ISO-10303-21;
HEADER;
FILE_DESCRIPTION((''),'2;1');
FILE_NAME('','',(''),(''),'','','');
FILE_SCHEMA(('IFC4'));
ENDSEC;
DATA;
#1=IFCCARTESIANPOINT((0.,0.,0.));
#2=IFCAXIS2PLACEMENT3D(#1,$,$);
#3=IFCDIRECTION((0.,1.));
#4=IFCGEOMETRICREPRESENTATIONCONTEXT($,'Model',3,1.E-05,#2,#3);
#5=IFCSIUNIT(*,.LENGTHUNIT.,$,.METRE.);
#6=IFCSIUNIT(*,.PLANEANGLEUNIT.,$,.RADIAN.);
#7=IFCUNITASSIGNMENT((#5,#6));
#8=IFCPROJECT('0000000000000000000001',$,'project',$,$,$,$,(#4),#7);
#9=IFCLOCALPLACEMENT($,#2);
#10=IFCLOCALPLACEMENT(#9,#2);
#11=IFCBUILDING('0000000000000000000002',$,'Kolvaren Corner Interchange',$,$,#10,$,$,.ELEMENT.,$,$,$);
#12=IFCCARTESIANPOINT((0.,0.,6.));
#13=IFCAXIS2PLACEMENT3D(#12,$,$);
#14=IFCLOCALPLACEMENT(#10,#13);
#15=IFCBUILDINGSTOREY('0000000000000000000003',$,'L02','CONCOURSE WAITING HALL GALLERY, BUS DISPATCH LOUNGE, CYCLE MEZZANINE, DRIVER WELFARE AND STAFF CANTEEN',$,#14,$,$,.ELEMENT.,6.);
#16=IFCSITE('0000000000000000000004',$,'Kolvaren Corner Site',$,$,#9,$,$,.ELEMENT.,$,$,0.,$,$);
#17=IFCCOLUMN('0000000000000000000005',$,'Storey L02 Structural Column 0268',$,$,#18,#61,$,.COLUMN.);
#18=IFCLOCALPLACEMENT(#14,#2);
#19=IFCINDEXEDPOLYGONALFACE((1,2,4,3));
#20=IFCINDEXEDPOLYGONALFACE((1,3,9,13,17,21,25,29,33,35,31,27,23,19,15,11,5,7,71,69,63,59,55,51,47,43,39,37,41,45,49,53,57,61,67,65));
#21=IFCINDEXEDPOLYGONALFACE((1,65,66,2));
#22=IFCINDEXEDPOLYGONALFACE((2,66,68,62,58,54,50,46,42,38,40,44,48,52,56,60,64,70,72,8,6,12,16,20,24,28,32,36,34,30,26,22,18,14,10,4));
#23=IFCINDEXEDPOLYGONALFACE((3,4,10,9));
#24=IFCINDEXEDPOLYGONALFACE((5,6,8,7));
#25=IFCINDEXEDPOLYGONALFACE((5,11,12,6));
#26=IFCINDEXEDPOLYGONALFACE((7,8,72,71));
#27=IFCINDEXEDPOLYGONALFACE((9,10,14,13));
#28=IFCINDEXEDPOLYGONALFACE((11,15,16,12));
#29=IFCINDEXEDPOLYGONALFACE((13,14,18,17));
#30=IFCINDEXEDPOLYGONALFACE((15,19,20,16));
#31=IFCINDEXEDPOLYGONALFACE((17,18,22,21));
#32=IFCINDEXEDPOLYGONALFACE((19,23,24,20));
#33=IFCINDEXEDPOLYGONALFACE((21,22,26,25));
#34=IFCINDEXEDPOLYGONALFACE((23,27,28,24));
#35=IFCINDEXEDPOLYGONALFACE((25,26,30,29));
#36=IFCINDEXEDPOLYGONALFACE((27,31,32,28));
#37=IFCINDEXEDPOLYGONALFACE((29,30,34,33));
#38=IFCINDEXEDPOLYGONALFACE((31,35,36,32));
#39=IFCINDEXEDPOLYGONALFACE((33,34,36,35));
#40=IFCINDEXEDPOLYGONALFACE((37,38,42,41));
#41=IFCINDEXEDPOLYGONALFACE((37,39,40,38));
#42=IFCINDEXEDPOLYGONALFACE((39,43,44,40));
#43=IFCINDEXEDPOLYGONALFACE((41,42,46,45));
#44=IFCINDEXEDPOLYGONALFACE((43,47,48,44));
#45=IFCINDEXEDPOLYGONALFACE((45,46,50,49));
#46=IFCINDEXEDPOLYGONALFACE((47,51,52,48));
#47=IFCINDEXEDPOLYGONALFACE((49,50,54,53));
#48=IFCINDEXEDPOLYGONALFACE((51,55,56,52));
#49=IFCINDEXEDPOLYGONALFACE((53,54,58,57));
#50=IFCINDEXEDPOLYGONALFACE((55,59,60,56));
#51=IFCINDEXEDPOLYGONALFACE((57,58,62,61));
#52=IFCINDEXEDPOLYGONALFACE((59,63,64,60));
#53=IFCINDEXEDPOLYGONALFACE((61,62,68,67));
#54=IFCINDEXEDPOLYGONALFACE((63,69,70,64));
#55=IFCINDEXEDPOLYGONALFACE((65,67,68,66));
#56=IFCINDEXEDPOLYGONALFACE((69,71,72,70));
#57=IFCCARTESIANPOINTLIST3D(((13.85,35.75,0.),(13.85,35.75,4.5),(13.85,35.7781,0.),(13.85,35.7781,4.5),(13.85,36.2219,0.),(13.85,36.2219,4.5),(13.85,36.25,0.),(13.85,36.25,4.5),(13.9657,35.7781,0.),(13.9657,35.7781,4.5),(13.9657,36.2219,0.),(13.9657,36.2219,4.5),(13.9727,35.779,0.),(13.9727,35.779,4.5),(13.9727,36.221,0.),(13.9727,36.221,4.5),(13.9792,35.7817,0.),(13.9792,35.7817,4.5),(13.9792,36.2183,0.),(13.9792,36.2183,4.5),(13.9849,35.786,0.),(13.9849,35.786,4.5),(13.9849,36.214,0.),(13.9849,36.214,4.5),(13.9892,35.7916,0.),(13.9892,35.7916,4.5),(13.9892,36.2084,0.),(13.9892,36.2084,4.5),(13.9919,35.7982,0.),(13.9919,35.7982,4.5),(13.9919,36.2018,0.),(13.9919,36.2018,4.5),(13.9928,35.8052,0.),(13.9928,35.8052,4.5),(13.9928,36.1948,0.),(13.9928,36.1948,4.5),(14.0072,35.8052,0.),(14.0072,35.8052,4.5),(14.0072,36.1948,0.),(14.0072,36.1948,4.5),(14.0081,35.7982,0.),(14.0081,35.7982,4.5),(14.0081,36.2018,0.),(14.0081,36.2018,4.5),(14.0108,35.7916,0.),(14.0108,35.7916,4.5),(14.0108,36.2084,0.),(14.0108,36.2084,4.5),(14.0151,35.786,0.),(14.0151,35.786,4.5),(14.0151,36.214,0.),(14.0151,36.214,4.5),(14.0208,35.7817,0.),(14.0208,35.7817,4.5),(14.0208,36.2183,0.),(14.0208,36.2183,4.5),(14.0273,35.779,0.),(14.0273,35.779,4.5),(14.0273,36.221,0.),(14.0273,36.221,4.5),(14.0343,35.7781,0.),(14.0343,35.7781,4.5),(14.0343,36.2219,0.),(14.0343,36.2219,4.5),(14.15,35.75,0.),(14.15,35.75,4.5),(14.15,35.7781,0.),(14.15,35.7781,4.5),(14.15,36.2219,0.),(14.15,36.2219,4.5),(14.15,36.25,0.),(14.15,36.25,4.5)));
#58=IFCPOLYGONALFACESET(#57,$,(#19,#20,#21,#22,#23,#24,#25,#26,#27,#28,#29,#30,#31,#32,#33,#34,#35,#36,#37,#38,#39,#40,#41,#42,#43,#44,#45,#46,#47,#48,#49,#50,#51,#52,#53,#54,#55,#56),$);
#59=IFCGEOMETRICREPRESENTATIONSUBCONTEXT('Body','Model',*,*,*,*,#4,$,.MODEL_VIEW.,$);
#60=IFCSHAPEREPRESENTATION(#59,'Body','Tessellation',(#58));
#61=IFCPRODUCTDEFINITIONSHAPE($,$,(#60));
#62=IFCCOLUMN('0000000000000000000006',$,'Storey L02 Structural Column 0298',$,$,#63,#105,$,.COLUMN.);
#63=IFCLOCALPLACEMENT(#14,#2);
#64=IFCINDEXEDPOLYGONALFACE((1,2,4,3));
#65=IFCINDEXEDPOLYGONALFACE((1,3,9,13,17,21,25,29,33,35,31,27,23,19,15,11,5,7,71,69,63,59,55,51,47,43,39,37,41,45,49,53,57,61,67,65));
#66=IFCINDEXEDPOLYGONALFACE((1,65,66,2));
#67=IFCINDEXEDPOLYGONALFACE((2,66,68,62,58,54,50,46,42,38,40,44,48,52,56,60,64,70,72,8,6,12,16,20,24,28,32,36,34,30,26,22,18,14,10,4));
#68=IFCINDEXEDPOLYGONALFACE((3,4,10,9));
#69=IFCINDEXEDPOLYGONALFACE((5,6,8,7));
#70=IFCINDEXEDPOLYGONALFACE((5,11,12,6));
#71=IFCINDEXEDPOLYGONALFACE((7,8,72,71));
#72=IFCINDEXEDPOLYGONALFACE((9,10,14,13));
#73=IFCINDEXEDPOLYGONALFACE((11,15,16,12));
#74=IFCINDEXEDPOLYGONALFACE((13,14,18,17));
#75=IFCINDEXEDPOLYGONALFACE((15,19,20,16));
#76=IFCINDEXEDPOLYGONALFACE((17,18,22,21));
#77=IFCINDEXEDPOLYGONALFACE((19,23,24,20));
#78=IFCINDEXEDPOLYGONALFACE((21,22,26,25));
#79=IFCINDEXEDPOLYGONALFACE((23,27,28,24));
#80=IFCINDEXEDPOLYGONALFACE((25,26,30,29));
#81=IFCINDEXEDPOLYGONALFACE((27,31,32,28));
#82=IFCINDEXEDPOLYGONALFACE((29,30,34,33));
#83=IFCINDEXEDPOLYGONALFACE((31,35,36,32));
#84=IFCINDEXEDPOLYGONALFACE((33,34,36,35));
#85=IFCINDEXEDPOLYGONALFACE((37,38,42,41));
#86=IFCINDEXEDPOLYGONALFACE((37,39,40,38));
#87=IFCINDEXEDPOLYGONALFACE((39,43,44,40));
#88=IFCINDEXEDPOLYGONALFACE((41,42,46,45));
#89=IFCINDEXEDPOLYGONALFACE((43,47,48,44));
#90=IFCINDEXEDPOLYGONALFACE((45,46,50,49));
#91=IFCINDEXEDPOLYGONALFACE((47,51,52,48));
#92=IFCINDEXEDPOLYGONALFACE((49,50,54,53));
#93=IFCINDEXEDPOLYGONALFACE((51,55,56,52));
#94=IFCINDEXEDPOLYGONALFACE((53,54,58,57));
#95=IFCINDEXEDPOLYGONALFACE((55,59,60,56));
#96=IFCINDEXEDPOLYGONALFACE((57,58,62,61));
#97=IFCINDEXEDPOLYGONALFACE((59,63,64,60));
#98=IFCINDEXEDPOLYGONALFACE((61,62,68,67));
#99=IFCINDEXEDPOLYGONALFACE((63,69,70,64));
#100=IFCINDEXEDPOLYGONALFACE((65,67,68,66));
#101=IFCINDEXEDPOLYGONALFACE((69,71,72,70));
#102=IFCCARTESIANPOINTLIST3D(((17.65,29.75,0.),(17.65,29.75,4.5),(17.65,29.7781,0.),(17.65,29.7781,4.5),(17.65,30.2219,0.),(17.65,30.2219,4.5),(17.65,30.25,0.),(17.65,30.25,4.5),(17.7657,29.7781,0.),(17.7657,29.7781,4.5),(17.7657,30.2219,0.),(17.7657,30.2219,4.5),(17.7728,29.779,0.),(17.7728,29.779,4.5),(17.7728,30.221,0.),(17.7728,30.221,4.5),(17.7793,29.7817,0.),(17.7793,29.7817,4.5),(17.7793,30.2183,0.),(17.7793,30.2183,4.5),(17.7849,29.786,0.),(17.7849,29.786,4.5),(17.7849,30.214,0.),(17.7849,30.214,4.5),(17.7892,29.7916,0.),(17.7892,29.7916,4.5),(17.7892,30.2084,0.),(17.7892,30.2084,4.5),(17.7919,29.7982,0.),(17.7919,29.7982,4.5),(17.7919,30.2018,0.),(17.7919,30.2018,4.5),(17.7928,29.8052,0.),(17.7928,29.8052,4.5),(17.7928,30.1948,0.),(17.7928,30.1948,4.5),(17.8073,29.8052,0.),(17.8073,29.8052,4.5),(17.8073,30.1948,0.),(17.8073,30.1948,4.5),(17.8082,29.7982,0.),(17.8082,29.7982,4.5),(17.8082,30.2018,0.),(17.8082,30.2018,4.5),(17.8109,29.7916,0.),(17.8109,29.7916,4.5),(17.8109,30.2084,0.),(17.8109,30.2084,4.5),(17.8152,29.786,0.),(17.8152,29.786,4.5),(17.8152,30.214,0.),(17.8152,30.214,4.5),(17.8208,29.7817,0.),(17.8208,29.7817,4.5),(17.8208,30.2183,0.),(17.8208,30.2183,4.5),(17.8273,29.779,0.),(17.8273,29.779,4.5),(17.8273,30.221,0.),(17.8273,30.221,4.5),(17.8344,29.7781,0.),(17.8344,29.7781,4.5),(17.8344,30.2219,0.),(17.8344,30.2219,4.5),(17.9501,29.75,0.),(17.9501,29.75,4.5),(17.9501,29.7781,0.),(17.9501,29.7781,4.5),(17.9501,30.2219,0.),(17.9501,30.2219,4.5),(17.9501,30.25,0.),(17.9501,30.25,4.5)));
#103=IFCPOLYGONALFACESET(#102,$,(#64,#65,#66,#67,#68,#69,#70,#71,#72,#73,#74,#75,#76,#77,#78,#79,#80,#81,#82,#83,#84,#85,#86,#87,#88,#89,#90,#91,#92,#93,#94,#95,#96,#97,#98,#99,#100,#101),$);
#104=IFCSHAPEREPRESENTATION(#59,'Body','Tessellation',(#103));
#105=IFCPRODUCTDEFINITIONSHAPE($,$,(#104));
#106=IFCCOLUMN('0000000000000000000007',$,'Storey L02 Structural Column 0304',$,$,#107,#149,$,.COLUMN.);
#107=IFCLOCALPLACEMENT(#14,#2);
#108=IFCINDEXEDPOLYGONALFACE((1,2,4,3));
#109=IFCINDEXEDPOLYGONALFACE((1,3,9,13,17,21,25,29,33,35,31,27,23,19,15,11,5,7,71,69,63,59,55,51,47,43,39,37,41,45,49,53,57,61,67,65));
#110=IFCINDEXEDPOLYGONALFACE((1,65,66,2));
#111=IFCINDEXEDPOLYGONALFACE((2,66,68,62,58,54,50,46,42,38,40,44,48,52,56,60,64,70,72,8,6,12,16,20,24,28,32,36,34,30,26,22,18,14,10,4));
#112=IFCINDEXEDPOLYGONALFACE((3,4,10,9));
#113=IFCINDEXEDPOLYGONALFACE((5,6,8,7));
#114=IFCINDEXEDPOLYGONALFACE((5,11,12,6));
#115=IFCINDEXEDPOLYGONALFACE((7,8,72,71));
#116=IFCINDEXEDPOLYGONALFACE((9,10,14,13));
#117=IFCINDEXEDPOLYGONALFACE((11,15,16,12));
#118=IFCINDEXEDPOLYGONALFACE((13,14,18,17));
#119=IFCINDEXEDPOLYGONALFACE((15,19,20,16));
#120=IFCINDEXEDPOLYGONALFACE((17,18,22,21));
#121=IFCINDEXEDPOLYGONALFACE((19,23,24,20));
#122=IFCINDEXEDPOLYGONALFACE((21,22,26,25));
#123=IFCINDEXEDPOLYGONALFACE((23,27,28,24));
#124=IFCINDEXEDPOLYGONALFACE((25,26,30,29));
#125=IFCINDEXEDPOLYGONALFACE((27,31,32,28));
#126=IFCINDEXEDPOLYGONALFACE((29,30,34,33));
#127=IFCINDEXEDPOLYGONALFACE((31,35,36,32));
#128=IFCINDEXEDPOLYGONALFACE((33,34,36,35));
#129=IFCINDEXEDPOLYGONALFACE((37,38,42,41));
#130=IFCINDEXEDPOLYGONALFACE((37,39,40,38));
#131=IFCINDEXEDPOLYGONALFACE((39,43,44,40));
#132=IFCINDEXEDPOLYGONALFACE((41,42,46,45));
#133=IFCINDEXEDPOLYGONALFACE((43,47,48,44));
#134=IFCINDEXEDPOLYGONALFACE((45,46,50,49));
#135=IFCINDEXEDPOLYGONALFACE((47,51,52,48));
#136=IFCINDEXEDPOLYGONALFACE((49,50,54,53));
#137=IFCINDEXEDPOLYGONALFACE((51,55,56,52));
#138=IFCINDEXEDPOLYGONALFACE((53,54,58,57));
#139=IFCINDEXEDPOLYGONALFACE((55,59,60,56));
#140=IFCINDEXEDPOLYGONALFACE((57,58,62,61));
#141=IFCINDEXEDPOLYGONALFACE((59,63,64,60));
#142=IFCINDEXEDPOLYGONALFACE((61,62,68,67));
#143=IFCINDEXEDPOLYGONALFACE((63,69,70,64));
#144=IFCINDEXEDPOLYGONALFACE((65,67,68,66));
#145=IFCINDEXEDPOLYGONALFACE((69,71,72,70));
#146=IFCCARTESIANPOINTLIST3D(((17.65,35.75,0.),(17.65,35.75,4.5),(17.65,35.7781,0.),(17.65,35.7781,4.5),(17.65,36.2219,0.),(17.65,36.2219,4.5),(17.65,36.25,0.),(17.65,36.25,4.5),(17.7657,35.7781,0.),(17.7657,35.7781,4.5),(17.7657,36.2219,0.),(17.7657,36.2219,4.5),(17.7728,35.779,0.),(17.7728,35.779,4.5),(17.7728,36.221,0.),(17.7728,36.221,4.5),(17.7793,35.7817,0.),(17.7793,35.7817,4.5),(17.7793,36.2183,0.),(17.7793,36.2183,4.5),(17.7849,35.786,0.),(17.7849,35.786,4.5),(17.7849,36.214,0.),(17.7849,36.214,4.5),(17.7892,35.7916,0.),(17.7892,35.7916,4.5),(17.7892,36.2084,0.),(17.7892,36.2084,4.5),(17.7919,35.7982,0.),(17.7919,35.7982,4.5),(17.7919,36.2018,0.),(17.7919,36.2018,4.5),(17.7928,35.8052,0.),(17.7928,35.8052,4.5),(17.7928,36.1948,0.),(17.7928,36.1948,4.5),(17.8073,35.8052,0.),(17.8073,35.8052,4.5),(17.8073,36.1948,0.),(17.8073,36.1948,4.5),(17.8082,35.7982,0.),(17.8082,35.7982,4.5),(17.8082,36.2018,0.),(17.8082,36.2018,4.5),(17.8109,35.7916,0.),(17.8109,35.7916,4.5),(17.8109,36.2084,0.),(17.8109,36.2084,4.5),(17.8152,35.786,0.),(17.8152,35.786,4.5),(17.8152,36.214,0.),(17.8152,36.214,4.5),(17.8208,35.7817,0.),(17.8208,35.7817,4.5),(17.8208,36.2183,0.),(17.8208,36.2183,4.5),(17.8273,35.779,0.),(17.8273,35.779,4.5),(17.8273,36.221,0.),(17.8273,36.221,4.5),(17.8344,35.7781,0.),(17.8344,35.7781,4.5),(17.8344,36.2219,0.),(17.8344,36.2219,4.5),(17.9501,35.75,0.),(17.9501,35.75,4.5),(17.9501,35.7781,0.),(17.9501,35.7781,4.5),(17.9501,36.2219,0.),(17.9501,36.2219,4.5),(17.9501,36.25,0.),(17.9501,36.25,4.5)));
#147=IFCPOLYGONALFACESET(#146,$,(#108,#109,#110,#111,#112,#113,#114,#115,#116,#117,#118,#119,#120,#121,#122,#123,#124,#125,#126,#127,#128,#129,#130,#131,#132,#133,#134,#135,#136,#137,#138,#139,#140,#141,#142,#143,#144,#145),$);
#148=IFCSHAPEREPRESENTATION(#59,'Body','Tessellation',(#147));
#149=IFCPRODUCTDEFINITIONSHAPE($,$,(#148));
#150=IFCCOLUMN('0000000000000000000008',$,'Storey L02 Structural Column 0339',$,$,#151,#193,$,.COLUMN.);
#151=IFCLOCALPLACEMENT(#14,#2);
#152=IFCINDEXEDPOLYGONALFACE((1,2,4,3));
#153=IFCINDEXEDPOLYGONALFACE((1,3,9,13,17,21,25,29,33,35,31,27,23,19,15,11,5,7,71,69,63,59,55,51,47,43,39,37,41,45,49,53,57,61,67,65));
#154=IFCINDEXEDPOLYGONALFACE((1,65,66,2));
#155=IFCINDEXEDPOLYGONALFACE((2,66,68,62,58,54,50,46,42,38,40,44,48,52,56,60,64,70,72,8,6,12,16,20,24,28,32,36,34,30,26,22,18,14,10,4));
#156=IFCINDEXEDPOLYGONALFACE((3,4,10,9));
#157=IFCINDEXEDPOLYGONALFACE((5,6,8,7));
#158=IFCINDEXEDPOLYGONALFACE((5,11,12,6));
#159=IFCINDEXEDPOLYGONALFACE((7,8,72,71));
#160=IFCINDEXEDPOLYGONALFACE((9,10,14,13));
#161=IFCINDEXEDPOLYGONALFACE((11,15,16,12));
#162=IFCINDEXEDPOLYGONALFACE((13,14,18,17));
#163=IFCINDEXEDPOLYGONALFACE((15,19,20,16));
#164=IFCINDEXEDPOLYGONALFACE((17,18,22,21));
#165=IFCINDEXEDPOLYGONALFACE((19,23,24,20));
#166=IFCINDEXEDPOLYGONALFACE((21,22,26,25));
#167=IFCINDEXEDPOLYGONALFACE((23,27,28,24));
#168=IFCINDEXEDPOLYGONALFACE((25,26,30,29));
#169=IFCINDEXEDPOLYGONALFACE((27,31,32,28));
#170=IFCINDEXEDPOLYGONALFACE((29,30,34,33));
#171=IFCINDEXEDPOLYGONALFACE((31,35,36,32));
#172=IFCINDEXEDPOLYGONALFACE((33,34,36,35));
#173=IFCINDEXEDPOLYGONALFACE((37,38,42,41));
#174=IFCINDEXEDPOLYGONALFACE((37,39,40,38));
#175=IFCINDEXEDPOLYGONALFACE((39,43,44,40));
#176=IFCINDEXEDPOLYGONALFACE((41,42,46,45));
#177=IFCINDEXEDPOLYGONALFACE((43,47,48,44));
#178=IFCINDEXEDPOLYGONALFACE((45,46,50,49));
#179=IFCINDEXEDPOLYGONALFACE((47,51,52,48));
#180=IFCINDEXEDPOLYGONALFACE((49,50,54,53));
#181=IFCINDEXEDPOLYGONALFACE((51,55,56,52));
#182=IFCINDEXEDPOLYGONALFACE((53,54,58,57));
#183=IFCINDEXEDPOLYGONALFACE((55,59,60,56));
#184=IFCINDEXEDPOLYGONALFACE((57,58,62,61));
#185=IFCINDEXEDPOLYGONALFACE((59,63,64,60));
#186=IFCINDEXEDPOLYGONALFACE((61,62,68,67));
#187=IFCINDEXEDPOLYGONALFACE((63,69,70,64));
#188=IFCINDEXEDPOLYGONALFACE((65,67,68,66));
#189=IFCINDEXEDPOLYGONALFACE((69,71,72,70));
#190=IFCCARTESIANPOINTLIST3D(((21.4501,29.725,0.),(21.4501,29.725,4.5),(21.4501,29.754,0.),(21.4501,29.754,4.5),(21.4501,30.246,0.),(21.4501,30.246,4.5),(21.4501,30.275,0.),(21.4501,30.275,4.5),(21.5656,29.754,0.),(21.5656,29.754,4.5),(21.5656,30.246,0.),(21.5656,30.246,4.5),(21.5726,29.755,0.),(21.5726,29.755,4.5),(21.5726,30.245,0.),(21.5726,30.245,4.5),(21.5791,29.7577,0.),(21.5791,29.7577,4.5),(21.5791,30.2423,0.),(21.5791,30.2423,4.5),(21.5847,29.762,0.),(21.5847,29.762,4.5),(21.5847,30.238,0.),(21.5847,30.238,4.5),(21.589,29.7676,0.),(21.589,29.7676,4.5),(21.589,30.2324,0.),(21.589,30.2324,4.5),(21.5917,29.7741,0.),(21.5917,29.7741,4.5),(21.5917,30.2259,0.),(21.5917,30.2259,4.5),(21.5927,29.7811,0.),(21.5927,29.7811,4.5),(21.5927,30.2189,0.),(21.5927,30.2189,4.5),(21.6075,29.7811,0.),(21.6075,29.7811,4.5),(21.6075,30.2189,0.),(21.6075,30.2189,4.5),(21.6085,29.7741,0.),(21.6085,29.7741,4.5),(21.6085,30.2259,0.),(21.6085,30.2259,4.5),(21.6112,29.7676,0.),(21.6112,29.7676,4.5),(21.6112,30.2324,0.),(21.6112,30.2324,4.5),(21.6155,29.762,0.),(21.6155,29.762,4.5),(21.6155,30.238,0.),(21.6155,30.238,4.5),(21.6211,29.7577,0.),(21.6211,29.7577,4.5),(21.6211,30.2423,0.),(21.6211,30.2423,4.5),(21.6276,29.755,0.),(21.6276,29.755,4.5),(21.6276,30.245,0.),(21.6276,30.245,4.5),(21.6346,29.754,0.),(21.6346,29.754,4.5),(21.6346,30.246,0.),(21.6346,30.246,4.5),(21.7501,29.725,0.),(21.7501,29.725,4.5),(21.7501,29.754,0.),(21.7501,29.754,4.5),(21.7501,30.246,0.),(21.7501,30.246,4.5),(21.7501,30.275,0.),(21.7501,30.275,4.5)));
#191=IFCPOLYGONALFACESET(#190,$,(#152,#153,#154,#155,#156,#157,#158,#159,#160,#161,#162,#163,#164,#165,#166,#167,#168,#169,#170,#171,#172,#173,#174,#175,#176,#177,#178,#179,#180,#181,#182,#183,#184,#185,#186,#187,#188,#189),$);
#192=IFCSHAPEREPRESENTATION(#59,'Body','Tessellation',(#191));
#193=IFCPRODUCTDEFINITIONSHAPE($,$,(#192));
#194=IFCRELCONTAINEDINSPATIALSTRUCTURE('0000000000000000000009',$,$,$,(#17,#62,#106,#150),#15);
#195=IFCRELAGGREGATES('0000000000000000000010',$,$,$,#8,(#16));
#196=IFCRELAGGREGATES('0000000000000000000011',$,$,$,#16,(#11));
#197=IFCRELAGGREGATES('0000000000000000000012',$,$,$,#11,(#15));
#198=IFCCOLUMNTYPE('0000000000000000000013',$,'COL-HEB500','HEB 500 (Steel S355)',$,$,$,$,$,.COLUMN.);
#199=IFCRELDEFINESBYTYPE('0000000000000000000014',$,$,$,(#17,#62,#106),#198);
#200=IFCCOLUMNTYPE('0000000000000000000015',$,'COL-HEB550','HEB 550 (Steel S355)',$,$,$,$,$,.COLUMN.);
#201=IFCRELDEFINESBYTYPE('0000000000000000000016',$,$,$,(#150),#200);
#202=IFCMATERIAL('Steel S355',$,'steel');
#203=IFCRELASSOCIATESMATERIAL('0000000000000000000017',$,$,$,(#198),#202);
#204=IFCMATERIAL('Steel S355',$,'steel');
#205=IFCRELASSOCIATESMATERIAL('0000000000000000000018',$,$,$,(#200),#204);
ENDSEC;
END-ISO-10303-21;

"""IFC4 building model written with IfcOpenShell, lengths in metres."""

from ifc_helpers import new_model, si_unit, direction, frame, origin, origin_2d, place, context, subcontext, project, spatial, i_section, extrude, material, material_profile, profile_set, type_object, element, save


model = new_model("IFC4")

# Units and contexts
model_context = context("Model", 3, precision=1e-05, world=origin(), true_north=direction((0.0, 1.0)))
body_context = subcontext(model_context, "Body", "Model", "MODEL_VIEW")
ifc_project = project(units=[si_unit("LENGTHUNIT", "METRE"), si_unit("PLANEANGLEUNIT", "RADIAN")], contexts=[model_context])

# Site, building, storey
site_placement = place(None, origin())
site = spatial("IfcSite", under=ifc_project, at=site_placement, Name="Kolvaren Corner Site", CompositionType="ELEMENT", RefElevation=0.0)
building_placement = place(site_placement, origin())
building = spatial("IfcBuilding", under=site, at=building_placement, Name="Kolvaren Corner Interchange", CompositionType="ELEMENT")
storey_placement = place(building_placement, frame((0.0, 0.0, 6.0)))
storey = spatial("IfcBuildingStorey", under=building, at=storey_placement, Name="L02", Description="CONCOURSE WAITING HALL GALLERY, BUS DISPATCH LOUNGE, CYCLE MEZZANINE, DRIVER WELFARE AND STAFF CANTEEN", CompositionType="ELEMENT", Elevation=6.0)

# Columns
ifc_material_1 = material(Name="Steel S355", Category="steel")
ifc_material_profile_1 = material_profile(ifc_material_1, i_section(OverallWidth=0.3, OverallDepth=0.5, WebThickness=0.0144, FlangeThickness=0.0281, FilletRadius=0.0271, at=origin_2d()), Name="HEB 500")
ifc_profile_set_1 = profile_set([ifc_material_profile_1], Name="Steel S355")
column_type_1 = type_object("IfcColumnType", Name="COL-HEB500", Description="HEB 500 (Steel S355)", PredefinedType="COLUMN", material=ifc_profile_set_1)
for number, where, z_axis, x_axis, name in (
    (1, (14.0, 36.0, 0.0), (0.0, 0.0, 1.0), (1.0, 0.0, 0.0), "Storey L02 Structural Column 0268"),
    (2, (17.8, 30.0, 0.0), (0.0, 0.0, 1.0), (1.0, 0.0, 0.0), "Storey L02 Structural Column 0298"),
    (3, (17.8, 36.0, 0.0), (0.0, 0.0, 1.0), (1.0, 0.0, 0.0), "Storey L02 Structural Column 0304"),
):
    element("IfcColumn", number, at=place(storey_placement, frame(where, z_axis=z_axis, x_axis=x_axis)), inside=storey, type_object=column_type_1, Name=name, PredefinedType="COLUMN", context=body_context, shape_type="SweptSolid", body=[
        extrude(i_section(OverallWidth=0.3, OverallDepth=0.5, WebThickness=0.0144, FlangeThickness=0.0281, FilletRadius=0.0271, at=origin_2d()), origin(), (0.0, 0.0, 1.0), 4.5),
    ])
ifc_material_2 = material(Name="Steel S355", Category="steel")
ifc_material_profile_2 = material_profile(ifc_material_2, i_section(OverallWidth=0.3, OverallDepth=0.55, WebThickness=0.0149, FlangeThickness=0.0291, FilletRadius=0.0271, at=origin_2d()), Name="HEB 550")
ifc_profile_set_2 = profile_set([ifc_material_profile_2], Name="Steel S355")
column_type_2 = type_object("IfcColumnType", Name="COL-HEB550", Description="HEB 550 (Steel S355)", PredefinedType="COLUMN", material=ifc_profile_set_2)
for number, where, z_axis, x_axis, name in (
    (4, (21.6001, 30.0, 0.0), (0.0, 0.0, 1.0), (1.0, 0.0, 0.0), "Storey L02 Structural Column 0339"),
):
    element("IfcColumn", number, at=place(storey_placement, frame(where, z_axis=z_axis, x_axis=x_axis)), inside=storey, type_object=column_type_2, Name=name, PredefinedType="COLUMN", context=body_context, shape_type="SweptSolid", body=[
        extrude(i_section(OverallWidth=0.3, OverallDepth=0.55, WebThickness=0.0149, FlangeThickness=0.0291, FilletRadius=0.0271, at=origin_2d()), origin(), (0.0, 0.0, 1.0), 4.5),
    ])

save(model, "model.ifc")
